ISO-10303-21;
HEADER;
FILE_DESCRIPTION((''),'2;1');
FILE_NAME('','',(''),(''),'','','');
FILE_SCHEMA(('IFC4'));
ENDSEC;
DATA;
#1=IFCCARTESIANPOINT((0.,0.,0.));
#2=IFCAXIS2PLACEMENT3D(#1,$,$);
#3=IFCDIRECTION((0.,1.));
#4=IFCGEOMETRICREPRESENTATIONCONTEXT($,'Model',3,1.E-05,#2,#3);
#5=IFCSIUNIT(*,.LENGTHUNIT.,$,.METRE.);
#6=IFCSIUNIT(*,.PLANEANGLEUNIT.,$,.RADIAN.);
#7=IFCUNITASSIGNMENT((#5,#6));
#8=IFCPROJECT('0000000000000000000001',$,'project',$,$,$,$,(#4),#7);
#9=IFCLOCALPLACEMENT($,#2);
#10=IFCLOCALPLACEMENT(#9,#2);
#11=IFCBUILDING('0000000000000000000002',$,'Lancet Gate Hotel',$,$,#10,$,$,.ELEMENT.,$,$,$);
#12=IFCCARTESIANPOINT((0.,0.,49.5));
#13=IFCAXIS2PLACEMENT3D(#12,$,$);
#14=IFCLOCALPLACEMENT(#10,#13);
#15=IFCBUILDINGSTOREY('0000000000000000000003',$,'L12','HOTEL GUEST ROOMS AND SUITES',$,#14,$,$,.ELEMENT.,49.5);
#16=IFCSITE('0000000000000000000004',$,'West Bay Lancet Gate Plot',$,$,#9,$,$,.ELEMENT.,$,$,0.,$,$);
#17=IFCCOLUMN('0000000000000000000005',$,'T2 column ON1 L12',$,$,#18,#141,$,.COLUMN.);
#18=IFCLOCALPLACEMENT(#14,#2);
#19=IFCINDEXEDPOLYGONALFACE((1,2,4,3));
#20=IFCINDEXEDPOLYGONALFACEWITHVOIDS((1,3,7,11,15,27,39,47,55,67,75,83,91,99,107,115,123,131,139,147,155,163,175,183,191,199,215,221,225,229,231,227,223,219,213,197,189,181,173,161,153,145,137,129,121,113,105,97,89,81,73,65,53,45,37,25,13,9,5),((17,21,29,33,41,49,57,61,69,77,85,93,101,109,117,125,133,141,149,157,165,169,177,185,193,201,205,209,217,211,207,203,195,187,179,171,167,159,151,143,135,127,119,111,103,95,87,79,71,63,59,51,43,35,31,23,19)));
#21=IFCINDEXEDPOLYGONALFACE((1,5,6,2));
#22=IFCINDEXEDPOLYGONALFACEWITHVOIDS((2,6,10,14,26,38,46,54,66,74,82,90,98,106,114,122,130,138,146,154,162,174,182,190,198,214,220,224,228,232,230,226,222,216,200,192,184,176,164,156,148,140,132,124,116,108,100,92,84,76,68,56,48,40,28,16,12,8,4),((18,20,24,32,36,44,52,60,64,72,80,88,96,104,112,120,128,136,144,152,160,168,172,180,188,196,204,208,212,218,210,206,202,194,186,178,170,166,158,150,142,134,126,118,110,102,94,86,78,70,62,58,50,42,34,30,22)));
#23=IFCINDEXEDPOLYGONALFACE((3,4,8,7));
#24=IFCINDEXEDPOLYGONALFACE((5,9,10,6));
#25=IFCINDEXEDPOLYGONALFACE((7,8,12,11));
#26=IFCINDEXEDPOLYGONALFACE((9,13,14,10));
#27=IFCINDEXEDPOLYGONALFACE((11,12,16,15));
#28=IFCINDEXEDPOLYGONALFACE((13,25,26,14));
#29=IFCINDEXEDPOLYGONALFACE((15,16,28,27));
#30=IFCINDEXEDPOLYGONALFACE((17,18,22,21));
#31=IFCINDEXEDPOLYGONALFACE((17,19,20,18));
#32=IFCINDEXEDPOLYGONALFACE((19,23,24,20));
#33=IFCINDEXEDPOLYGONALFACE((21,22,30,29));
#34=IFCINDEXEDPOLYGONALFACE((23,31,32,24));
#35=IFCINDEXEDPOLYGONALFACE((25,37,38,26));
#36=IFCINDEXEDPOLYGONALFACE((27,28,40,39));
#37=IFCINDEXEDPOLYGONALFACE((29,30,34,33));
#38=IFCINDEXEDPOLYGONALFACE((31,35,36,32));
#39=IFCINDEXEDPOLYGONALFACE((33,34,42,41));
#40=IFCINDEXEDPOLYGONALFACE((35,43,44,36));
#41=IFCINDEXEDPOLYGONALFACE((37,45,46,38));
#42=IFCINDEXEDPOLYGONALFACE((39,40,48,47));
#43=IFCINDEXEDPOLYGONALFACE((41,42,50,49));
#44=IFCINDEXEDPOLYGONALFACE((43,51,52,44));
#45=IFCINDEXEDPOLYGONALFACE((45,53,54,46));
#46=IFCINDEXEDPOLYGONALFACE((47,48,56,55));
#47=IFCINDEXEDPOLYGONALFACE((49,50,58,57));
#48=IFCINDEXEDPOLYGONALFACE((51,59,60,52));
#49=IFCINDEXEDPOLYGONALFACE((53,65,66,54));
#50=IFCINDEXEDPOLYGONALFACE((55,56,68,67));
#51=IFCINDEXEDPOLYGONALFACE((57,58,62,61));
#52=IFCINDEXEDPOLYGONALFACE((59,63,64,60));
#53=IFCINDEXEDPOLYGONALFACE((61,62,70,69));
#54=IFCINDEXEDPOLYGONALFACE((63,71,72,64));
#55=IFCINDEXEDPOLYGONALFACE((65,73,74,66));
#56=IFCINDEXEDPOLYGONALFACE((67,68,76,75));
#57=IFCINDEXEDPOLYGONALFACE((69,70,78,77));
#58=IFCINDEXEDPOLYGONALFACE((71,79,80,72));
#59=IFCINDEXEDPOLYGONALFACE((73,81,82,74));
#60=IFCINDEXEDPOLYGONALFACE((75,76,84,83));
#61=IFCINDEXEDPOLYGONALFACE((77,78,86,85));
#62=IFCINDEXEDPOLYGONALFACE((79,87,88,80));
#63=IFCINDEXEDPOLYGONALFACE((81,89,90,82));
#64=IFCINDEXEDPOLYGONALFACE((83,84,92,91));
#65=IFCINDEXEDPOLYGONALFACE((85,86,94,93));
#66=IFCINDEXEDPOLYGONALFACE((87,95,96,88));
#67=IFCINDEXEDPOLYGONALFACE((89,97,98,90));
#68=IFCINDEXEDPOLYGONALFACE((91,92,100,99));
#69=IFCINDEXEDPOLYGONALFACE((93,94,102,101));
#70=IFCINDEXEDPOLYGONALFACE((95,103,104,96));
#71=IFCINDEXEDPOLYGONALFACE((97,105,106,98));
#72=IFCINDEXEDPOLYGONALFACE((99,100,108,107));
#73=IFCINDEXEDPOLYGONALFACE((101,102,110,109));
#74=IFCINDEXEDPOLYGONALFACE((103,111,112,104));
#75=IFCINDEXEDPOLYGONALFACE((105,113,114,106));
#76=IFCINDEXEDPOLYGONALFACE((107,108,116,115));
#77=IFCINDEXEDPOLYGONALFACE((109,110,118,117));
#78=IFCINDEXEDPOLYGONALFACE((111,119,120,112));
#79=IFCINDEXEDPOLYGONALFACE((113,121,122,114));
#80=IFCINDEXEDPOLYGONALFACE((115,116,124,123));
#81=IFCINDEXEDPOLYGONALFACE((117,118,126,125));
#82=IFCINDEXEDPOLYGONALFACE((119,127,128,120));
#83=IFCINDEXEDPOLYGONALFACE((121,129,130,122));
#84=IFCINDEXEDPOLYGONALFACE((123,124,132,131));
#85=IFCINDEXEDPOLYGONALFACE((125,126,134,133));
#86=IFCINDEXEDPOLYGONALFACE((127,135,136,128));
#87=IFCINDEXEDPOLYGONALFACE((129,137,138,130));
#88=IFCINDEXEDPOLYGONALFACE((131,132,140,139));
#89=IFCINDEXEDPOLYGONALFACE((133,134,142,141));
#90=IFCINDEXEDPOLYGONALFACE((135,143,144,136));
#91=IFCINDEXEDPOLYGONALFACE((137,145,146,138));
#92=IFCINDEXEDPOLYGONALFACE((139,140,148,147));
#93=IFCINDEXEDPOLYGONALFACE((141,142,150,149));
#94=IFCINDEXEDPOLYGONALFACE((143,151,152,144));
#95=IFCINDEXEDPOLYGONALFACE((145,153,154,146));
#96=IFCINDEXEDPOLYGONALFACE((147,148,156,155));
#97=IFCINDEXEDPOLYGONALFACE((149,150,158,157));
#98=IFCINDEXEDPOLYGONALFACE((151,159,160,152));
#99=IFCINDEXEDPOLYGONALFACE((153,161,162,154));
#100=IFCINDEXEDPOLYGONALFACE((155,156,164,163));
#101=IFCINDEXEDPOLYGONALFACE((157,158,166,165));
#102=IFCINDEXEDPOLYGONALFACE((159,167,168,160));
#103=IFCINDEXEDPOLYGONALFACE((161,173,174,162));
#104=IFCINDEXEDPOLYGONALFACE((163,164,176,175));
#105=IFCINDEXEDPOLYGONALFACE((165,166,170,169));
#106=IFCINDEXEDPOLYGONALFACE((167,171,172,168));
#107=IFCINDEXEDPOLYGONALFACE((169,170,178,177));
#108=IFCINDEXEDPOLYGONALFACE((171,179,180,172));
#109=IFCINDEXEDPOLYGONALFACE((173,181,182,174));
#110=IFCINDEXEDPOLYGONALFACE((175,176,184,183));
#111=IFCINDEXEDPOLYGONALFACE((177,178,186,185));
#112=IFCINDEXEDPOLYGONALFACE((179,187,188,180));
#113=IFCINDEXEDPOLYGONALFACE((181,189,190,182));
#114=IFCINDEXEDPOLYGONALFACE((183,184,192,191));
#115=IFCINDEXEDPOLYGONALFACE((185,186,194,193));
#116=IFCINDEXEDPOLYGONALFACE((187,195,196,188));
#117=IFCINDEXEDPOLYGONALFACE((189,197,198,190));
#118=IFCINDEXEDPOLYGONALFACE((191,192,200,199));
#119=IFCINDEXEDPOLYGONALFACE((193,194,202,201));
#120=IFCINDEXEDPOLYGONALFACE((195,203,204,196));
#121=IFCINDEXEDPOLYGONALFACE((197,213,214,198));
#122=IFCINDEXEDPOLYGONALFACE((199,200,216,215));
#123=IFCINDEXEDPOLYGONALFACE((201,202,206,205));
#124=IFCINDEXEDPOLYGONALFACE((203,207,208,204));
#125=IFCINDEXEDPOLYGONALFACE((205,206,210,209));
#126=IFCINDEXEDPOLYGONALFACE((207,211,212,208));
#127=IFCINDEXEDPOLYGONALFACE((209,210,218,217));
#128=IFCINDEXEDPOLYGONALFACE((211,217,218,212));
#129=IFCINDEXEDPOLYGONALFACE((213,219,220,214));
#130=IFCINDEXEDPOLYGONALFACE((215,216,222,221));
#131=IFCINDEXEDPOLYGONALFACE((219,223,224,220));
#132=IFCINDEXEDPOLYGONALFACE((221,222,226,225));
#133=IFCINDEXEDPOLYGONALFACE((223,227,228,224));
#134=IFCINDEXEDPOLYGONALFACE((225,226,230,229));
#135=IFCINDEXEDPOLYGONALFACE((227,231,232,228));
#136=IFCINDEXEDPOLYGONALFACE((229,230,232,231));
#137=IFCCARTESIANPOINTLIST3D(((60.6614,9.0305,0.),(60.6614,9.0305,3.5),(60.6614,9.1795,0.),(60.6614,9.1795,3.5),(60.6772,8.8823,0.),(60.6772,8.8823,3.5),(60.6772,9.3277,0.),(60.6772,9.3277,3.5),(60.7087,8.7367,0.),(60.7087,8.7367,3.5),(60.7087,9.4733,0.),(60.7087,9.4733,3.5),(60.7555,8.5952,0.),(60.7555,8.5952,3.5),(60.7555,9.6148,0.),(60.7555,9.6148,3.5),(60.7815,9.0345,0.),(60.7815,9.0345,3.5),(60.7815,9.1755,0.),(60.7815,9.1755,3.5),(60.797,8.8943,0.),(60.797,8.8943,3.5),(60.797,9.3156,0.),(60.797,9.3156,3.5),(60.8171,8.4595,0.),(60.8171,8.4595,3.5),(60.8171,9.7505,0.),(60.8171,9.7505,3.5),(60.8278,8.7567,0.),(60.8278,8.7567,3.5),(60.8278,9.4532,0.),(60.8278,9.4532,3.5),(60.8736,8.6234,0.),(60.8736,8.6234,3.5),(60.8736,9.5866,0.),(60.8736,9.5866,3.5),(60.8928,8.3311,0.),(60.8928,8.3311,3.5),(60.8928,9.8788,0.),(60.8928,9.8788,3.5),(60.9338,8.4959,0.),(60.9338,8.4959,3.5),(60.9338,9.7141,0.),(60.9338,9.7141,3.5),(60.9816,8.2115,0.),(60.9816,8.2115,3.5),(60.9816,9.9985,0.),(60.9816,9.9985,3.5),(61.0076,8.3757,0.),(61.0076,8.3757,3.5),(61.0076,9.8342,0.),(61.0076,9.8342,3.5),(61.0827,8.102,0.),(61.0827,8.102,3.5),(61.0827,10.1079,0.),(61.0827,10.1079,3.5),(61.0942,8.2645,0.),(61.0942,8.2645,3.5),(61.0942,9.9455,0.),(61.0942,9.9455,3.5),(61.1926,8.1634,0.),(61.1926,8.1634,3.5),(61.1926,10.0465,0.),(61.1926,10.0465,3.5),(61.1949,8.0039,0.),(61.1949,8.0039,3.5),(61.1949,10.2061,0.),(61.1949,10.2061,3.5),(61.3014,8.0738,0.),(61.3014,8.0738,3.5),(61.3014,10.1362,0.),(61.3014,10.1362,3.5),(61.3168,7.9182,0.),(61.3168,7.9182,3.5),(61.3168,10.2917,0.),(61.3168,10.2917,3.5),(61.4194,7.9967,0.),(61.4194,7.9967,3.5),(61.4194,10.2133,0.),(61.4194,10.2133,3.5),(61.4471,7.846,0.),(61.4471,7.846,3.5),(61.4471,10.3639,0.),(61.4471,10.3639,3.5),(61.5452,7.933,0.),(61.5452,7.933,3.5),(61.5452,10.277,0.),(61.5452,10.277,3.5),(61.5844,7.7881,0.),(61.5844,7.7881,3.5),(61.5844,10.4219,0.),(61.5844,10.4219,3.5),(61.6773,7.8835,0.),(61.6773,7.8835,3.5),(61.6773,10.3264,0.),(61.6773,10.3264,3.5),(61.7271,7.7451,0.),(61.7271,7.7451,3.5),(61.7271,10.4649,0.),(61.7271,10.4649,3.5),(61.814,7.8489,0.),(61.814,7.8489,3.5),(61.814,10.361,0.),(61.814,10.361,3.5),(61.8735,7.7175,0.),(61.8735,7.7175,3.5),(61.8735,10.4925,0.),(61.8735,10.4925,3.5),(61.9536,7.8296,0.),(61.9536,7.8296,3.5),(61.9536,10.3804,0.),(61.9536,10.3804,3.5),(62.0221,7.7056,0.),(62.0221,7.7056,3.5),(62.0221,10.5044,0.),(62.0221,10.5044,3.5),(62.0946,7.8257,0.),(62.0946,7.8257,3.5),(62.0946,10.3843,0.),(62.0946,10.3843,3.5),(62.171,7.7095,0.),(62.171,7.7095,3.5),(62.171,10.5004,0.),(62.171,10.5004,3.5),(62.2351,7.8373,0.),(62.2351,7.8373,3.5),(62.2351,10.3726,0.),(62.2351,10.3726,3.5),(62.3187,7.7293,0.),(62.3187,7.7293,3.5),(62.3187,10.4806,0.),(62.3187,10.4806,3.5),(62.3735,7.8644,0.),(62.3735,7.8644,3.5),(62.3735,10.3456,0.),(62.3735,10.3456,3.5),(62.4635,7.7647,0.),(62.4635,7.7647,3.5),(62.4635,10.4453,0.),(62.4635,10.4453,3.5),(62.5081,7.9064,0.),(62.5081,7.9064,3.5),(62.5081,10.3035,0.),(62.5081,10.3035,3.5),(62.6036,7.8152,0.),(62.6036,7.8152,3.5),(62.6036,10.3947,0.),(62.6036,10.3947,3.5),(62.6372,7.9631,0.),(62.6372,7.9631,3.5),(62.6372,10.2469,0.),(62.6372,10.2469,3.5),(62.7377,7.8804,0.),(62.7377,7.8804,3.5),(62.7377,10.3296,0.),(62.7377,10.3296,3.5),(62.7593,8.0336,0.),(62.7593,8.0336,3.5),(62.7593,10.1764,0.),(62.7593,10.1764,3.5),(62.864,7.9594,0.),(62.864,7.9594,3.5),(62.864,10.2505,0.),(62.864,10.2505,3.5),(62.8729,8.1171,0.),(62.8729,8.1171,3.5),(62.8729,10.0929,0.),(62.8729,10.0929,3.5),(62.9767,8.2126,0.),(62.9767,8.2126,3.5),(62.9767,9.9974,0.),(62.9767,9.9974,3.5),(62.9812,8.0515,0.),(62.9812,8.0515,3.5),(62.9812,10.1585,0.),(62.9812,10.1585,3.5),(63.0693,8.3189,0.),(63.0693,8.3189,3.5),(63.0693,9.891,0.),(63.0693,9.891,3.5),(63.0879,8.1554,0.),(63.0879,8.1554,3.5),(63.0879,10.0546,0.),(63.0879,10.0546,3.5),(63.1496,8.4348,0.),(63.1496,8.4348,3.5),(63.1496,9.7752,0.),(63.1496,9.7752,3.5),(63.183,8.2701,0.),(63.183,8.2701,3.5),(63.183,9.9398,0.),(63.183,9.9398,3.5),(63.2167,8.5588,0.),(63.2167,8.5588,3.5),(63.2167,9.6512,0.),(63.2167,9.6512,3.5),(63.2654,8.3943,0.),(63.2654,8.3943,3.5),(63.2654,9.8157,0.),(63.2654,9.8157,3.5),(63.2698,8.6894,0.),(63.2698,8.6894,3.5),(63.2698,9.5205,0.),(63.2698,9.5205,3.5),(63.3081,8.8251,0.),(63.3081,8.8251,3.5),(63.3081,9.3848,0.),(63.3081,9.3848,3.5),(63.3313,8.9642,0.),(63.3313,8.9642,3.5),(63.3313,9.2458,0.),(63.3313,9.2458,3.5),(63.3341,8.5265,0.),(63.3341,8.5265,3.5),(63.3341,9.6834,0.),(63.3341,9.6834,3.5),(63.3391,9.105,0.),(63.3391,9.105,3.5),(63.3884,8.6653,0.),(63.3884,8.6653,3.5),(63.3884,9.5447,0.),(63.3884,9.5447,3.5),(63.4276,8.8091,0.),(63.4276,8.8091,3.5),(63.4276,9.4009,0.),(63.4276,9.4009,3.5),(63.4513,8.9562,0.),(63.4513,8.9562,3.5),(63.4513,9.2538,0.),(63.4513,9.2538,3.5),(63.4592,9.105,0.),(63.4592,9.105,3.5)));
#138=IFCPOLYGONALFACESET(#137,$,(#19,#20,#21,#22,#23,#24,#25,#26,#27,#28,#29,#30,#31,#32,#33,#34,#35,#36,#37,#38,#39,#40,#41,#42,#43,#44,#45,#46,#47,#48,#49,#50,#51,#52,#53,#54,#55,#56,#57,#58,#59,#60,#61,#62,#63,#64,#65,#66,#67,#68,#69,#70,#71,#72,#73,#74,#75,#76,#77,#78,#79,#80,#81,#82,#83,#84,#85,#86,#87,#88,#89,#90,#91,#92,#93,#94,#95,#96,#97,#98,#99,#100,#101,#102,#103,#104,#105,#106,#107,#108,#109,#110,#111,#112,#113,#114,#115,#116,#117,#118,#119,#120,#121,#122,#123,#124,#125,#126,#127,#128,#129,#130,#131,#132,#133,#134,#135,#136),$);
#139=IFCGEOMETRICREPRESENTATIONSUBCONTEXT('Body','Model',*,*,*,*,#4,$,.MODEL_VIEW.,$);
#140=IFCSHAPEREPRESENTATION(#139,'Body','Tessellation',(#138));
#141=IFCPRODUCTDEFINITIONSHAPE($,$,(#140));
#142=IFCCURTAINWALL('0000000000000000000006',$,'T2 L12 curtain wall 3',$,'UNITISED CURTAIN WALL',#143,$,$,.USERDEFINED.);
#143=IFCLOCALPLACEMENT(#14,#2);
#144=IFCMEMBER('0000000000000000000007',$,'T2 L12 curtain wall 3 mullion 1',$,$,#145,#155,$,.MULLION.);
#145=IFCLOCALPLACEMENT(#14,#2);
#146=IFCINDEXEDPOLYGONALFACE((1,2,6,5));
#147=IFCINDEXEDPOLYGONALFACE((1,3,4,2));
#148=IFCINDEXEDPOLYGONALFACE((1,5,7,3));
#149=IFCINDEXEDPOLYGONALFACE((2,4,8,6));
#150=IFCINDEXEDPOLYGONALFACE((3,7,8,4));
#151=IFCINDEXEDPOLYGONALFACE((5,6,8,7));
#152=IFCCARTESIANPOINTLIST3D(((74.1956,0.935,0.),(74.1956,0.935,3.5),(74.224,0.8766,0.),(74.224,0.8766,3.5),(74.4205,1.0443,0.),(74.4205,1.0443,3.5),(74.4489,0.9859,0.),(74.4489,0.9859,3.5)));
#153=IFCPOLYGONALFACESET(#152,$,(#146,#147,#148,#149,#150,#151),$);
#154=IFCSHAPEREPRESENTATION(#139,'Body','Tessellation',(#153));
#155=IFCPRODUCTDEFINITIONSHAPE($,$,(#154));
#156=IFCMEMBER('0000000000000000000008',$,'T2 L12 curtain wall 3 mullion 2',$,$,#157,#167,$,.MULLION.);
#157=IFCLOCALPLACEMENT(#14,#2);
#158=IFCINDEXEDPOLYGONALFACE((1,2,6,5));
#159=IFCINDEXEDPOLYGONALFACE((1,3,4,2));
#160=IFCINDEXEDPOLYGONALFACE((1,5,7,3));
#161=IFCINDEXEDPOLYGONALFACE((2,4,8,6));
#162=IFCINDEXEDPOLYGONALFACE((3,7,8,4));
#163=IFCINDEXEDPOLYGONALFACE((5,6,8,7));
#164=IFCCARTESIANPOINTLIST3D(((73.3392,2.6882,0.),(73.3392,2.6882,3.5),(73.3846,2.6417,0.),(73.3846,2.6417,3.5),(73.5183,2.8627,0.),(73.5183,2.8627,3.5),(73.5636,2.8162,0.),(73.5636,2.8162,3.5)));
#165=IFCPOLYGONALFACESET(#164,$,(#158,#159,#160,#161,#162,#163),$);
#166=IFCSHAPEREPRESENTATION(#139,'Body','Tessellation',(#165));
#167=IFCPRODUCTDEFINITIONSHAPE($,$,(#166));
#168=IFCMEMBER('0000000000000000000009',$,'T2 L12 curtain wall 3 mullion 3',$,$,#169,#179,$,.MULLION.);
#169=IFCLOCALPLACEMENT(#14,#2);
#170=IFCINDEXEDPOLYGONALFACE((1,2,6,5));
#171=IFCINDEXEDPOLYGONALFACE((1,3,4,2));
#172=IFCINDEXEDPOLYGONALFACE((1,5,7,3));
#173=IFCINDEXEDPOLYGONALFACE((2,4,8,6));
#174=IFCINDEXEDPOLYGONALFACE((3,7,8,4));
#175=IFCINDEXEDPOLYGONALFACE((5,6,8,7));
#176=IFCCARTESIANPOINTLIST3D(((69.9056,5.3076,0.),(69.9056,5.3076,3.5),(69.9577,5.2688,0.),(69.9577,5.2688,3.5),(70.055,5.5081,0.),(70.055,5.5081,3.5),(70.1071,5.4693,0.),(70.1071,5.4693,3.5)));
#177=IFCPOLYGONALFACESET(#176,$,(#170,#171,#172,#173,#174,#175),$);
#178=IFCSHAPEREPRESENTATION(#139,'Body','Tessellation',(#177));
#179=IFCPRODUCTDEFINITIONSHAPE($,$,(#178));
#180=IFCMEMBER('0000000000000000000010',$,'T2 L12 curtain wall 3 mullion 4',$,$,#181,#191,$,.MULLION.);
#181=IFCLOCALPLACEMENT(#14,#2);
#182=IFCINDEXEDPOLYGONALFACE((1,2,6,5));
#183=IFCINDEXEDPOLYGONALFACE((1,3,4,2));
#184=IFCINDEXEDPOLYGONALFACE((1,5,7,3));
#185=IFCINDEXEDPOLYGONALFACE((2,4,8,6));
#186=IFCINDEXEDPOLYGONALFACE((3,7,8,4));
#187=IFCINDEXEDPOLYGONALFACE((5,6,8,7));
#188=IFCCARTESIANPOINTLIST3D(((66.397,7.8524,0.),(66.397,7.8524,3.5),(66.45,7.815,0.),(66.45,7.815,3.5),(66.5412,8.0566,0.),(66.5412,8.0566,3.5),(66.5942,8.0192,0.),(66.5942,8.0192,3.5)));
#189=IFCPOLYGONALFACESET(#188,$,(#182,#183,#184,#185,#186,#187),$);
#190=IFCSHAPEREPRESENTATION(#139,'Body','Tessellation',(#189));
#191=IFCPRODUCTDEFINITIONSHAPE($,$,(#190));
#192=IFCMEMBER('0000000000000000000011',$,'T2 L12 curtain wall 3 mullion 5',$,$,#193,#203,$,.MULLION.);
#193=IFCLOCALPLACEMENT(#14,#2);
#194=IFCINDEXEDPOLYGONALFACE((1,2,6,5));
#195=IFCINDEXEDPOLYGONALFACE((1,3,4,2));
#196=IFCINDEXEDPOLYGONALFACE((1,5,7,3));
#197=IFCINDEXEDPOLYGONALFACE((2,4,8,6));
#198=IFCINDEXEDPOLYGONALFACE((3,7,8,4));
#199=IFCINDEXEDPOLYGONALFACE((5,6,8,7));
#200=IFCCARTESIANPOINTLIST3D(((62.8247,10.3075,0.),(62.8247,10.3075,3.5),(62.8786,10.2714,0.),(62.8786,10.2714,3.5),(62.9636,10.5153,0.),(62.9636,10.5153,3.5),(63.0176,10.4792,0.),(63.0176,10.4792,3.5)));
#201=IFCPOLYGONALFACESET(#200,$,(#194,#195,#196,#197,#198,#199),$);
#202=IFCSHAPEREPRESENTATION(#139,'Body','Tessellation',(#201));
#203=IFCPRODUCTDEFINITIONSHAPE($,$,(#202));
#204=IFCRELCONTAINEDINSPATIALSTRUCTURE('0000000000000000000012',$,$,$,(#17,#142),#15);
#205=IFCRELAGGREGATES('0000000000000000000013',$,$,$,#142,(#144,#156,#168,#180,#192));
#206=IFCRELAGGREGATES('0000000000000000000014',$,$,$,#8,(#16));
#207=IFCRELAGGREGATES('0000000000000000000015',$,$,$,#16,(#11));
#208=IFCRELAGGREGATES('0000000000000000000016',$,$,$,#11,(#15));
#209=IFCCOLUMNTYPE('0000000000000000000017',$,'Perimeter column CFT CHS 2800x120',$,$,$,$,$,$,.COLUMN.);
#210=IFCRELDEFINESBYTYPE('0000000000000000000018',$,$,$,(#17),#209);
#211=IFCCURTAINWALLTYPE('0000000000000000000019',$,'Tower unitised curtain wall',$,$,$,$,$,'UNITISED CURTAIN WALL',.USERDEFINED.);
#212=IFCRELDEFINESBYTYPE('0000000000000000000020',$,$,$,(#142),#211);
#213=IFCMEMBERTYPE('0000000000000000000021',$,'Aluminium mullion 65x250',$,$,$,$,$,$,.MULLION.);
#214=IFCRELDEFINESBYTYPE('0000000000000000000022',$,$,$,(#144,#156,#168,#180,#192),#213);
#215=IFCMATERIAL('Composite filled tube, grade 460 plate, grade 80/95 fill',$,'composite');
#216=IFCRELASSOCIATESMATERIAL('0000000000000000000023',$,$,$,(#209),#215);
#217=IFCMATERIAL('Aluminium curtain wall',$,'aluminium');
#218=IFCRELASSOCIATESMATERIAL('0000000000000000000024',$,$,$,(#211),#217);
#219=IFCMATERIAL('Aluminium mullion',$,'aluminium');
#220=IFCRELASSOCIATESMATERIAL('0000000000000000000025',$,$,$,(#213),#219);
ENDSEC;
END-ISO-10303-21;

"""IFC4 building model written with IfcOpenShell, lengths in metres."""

from ifc_helpers import new_model, si_unit, direction, frame, origin, origin_2d, place, context, subcontext, project, spatial, rectangle, hollow_circle, extrude, material, material_profile, profile_set, type_object, element, aggregate, save


model = new_model("IFC4")

# Units and contexts
model_context = context("Model", 3, precision=1e-05, world=origin(), true_north=direction((0.0, 1.0)))
body_context = subcontext(model_context, "Body", "Model", "MODEL_VIEW")
ifc_project = project(units=[si_unit("LENGTHUNIT", "METRE"), si_unit("PLANEANGLEUNIT", "RADIAN")], contexts=[model_context])

# Site, building, storey
site_placement = place(None, origin())
site = spatial("IfcSite", under=ifc_project, at=site_placement, Name="West Bay Lancet Gate Plot", CompositionType="ELEMENT", RefElevation=0.0)
building_placement = place(site_placement, origin())
building = spatial("IfcBuilding", under=site, at=building_placement, Name="Lancet Gate Hotel", CompositionType="ELEMENT")
storey_placement = place(building_placement, frame((0.0, 0.0, 49.5)))
storey = spatial("IfcBuildingStorey", under=building, at=storey_placement, Name="L12", Description="HOTEL GUEST ROOMS AND SUITES", CompositionType="ELEMENT", Elevation=49.5)

# Column
ifc_material_1 = material(Name="Composite filled tube, grade 460 plate, grade 80/95 fill", Category="composite")
ifc_material_profile_1 = material_profile(ifc_material_1, hollow_circle(Radius=1.3999, WallThickness=0.1201, at=origin_2d()), Name="CHS 2800x120")
ifc_profile_set_1 = profile_set([ifc_material_profile_1], Name="Composite filled tube, grade 460 plate, grade 80/95 fill")
column_type_1 = type_object("IfcColumnType", Name="Perimeter column CFT CHS 2800x120", PredefinedType="COLUMN", material=ifc_profile_set_1)
column_1_placement = place(storey_placement, frame((62.0593, 9.105, 0.0), z_axis=(0.0, 0.0, 1.0), x_axis=(1.0, 0.0, 0.0)))
element("IfcColumn", 1, at=column_1_placement, inside=storey, type_object=column_type_1, Name="T2 column ON1 L12", PredefinedType="COLUMN", context=body_context, shape_type="SweptSolid", body=[
    extrude(hollow_circle(Radius=1.3999, WallThickness=0.1201, at=origin_2d()), origin(), (0.0, 0.0, 1.0), 3.5),
])

# Curtain wall, members
ifc_material_2 = material(Name="Aluminium curtain wall", Category="aluminium")
curtain_wall_type = type_object("IfcCurtainWallType", Name="Tower unitised curtain wall", ElementType="UNITISED CURTAIN WALL", PredefinedType="USERDEFINED", material=ifc_material_2)
curtain_wall_placement = place(storey_placement, origin())
curtain_wall = element("IfcCurtainWall", 2, at=curtain_wall_placement, inside=storey, type_object=curtain_wall_type, Name="T2 L12 curtain wall 3", ObjectType="UNITISED CURTAIN WALL", PredefinedType="USERDEFINED")
ifc_material_3 = material(Name="Aluminium mullion", Category="aluminium")
ifc_material_profile_2 = material_profile(ifc_material_3, rectangle(XDim=0.0649, YDim=0.25, at=origin_2d()), Name="MULLION 65x250")
ifc_profile_set_2 = profile_set([ifc_material_profile_2], Name="Aluminium mullion")
member_type_1 = type_object("IfcMemberType", Name="Aluminium mullion 65x250", PredefinedType="MULLION", material=ifc_profile_set_2)
member_1_placement = place(storey_placement, frame((74.3223, 0.9604, 0.0), z_axis=(0.0, 0.0, 1.0), x_axis=(-0.437169, 0.899379, 0.0)))
member_1 = element("IfcMember", 3, at=member_1_placement, type_object=member_type_1, Name="T2 L12 curtain wall 3 mullion 1", PredefinedType="MULLION", context=body_context, shape_type="SweptSolid", body=[
    extrude(rectangle(XDim=0.0649, YDim=0.25, at=origin_2d()), origin(), (0.0, 0.0, 1.0), 3.5),
])
member_2_placement = place(storey_placement, frame((73.4514, 2.7522, 0.0), z_axis=(0.0, 0.0, 1.0), x_axis=(-0.697983, 0.716114, 0.0)))
member_2 = element("IfcMember", 4, at=member_2_placement, type_object=member_type_1, Name="T2 L12 curtain wall 3 mullion 2", PredefinedType="MULLION", context=body_context, shape_type="SweptSolid", body=[
    extrude(rectangle(XDim=0.0649, YDim=0.25, at=origin_2d()), origin(), (0.0, 0.0, 1.0), 3.5),
])
member_3_placement = place(storey_placement, frame((70.0063, 5.3884, 0.0), z_axis=(0.0, 0.0, 1.0), x_axis=(-0.80183, 0.597552, 0.0)))
member_3 = element("IfcMember", 5, at=member_3_placement, type_object=member_type_1, Name="T2 L12 curtain wall 3 mullion 3", PredefinedType="MULLION", context=body_context, shape_type="SweptSolid", body=[
    extrude(rectangle(XDim=0.0649, YDim=0.25, at=origin_2d()), origin(), (0.0, 0.0, 1.0), 3.5),
])
member_4_placement = place(storey_placement, frame((66.4956, 7.9358, 0.0), z_axis=(0.0, 0.0, 1.0), x_axis=(-0.816779, 0.576951, 0.0)))
member_4 = element("IfcMember", 6, at=member_4_placement, type_object=member_type_1, Name="T2 L12 curtain wall 3 mullion 4", PredefinedType="MULLION", context=body_context, shape_type="SweptSolid", body=[
    extrude(rectangle(XDim=0.0649, YDim=0.25, at=origin_2d()), origin(), (0.0, 0.0, 1.0), 3.5),
])
member_5_placement = place(storey_placement, frame((62.9211, 10.3933, 0.0), z_axis=(0.0, 0.0, 1.0), x_axis=(-0.831198, 0.555976, 0.0)))
member_5 = element("IfcMember", 7, at=member_5_placement, type_object=member_type_1, Name="T2 L12 curtain wall 3 mullion 5", PredefinedType="MULLION", context=body_context, shape_type="SweptSolid", body=[
    extrude(rectangle(XDim=0.0649, YDim=0.25, at=origin_2d()), origin(), (0.0, 0.0, 1.0), 3.5),
])

aggregate(curtain_wall, [member_1, member_2, member_3, member_4, member_5])

save(model, "model.ifc")
